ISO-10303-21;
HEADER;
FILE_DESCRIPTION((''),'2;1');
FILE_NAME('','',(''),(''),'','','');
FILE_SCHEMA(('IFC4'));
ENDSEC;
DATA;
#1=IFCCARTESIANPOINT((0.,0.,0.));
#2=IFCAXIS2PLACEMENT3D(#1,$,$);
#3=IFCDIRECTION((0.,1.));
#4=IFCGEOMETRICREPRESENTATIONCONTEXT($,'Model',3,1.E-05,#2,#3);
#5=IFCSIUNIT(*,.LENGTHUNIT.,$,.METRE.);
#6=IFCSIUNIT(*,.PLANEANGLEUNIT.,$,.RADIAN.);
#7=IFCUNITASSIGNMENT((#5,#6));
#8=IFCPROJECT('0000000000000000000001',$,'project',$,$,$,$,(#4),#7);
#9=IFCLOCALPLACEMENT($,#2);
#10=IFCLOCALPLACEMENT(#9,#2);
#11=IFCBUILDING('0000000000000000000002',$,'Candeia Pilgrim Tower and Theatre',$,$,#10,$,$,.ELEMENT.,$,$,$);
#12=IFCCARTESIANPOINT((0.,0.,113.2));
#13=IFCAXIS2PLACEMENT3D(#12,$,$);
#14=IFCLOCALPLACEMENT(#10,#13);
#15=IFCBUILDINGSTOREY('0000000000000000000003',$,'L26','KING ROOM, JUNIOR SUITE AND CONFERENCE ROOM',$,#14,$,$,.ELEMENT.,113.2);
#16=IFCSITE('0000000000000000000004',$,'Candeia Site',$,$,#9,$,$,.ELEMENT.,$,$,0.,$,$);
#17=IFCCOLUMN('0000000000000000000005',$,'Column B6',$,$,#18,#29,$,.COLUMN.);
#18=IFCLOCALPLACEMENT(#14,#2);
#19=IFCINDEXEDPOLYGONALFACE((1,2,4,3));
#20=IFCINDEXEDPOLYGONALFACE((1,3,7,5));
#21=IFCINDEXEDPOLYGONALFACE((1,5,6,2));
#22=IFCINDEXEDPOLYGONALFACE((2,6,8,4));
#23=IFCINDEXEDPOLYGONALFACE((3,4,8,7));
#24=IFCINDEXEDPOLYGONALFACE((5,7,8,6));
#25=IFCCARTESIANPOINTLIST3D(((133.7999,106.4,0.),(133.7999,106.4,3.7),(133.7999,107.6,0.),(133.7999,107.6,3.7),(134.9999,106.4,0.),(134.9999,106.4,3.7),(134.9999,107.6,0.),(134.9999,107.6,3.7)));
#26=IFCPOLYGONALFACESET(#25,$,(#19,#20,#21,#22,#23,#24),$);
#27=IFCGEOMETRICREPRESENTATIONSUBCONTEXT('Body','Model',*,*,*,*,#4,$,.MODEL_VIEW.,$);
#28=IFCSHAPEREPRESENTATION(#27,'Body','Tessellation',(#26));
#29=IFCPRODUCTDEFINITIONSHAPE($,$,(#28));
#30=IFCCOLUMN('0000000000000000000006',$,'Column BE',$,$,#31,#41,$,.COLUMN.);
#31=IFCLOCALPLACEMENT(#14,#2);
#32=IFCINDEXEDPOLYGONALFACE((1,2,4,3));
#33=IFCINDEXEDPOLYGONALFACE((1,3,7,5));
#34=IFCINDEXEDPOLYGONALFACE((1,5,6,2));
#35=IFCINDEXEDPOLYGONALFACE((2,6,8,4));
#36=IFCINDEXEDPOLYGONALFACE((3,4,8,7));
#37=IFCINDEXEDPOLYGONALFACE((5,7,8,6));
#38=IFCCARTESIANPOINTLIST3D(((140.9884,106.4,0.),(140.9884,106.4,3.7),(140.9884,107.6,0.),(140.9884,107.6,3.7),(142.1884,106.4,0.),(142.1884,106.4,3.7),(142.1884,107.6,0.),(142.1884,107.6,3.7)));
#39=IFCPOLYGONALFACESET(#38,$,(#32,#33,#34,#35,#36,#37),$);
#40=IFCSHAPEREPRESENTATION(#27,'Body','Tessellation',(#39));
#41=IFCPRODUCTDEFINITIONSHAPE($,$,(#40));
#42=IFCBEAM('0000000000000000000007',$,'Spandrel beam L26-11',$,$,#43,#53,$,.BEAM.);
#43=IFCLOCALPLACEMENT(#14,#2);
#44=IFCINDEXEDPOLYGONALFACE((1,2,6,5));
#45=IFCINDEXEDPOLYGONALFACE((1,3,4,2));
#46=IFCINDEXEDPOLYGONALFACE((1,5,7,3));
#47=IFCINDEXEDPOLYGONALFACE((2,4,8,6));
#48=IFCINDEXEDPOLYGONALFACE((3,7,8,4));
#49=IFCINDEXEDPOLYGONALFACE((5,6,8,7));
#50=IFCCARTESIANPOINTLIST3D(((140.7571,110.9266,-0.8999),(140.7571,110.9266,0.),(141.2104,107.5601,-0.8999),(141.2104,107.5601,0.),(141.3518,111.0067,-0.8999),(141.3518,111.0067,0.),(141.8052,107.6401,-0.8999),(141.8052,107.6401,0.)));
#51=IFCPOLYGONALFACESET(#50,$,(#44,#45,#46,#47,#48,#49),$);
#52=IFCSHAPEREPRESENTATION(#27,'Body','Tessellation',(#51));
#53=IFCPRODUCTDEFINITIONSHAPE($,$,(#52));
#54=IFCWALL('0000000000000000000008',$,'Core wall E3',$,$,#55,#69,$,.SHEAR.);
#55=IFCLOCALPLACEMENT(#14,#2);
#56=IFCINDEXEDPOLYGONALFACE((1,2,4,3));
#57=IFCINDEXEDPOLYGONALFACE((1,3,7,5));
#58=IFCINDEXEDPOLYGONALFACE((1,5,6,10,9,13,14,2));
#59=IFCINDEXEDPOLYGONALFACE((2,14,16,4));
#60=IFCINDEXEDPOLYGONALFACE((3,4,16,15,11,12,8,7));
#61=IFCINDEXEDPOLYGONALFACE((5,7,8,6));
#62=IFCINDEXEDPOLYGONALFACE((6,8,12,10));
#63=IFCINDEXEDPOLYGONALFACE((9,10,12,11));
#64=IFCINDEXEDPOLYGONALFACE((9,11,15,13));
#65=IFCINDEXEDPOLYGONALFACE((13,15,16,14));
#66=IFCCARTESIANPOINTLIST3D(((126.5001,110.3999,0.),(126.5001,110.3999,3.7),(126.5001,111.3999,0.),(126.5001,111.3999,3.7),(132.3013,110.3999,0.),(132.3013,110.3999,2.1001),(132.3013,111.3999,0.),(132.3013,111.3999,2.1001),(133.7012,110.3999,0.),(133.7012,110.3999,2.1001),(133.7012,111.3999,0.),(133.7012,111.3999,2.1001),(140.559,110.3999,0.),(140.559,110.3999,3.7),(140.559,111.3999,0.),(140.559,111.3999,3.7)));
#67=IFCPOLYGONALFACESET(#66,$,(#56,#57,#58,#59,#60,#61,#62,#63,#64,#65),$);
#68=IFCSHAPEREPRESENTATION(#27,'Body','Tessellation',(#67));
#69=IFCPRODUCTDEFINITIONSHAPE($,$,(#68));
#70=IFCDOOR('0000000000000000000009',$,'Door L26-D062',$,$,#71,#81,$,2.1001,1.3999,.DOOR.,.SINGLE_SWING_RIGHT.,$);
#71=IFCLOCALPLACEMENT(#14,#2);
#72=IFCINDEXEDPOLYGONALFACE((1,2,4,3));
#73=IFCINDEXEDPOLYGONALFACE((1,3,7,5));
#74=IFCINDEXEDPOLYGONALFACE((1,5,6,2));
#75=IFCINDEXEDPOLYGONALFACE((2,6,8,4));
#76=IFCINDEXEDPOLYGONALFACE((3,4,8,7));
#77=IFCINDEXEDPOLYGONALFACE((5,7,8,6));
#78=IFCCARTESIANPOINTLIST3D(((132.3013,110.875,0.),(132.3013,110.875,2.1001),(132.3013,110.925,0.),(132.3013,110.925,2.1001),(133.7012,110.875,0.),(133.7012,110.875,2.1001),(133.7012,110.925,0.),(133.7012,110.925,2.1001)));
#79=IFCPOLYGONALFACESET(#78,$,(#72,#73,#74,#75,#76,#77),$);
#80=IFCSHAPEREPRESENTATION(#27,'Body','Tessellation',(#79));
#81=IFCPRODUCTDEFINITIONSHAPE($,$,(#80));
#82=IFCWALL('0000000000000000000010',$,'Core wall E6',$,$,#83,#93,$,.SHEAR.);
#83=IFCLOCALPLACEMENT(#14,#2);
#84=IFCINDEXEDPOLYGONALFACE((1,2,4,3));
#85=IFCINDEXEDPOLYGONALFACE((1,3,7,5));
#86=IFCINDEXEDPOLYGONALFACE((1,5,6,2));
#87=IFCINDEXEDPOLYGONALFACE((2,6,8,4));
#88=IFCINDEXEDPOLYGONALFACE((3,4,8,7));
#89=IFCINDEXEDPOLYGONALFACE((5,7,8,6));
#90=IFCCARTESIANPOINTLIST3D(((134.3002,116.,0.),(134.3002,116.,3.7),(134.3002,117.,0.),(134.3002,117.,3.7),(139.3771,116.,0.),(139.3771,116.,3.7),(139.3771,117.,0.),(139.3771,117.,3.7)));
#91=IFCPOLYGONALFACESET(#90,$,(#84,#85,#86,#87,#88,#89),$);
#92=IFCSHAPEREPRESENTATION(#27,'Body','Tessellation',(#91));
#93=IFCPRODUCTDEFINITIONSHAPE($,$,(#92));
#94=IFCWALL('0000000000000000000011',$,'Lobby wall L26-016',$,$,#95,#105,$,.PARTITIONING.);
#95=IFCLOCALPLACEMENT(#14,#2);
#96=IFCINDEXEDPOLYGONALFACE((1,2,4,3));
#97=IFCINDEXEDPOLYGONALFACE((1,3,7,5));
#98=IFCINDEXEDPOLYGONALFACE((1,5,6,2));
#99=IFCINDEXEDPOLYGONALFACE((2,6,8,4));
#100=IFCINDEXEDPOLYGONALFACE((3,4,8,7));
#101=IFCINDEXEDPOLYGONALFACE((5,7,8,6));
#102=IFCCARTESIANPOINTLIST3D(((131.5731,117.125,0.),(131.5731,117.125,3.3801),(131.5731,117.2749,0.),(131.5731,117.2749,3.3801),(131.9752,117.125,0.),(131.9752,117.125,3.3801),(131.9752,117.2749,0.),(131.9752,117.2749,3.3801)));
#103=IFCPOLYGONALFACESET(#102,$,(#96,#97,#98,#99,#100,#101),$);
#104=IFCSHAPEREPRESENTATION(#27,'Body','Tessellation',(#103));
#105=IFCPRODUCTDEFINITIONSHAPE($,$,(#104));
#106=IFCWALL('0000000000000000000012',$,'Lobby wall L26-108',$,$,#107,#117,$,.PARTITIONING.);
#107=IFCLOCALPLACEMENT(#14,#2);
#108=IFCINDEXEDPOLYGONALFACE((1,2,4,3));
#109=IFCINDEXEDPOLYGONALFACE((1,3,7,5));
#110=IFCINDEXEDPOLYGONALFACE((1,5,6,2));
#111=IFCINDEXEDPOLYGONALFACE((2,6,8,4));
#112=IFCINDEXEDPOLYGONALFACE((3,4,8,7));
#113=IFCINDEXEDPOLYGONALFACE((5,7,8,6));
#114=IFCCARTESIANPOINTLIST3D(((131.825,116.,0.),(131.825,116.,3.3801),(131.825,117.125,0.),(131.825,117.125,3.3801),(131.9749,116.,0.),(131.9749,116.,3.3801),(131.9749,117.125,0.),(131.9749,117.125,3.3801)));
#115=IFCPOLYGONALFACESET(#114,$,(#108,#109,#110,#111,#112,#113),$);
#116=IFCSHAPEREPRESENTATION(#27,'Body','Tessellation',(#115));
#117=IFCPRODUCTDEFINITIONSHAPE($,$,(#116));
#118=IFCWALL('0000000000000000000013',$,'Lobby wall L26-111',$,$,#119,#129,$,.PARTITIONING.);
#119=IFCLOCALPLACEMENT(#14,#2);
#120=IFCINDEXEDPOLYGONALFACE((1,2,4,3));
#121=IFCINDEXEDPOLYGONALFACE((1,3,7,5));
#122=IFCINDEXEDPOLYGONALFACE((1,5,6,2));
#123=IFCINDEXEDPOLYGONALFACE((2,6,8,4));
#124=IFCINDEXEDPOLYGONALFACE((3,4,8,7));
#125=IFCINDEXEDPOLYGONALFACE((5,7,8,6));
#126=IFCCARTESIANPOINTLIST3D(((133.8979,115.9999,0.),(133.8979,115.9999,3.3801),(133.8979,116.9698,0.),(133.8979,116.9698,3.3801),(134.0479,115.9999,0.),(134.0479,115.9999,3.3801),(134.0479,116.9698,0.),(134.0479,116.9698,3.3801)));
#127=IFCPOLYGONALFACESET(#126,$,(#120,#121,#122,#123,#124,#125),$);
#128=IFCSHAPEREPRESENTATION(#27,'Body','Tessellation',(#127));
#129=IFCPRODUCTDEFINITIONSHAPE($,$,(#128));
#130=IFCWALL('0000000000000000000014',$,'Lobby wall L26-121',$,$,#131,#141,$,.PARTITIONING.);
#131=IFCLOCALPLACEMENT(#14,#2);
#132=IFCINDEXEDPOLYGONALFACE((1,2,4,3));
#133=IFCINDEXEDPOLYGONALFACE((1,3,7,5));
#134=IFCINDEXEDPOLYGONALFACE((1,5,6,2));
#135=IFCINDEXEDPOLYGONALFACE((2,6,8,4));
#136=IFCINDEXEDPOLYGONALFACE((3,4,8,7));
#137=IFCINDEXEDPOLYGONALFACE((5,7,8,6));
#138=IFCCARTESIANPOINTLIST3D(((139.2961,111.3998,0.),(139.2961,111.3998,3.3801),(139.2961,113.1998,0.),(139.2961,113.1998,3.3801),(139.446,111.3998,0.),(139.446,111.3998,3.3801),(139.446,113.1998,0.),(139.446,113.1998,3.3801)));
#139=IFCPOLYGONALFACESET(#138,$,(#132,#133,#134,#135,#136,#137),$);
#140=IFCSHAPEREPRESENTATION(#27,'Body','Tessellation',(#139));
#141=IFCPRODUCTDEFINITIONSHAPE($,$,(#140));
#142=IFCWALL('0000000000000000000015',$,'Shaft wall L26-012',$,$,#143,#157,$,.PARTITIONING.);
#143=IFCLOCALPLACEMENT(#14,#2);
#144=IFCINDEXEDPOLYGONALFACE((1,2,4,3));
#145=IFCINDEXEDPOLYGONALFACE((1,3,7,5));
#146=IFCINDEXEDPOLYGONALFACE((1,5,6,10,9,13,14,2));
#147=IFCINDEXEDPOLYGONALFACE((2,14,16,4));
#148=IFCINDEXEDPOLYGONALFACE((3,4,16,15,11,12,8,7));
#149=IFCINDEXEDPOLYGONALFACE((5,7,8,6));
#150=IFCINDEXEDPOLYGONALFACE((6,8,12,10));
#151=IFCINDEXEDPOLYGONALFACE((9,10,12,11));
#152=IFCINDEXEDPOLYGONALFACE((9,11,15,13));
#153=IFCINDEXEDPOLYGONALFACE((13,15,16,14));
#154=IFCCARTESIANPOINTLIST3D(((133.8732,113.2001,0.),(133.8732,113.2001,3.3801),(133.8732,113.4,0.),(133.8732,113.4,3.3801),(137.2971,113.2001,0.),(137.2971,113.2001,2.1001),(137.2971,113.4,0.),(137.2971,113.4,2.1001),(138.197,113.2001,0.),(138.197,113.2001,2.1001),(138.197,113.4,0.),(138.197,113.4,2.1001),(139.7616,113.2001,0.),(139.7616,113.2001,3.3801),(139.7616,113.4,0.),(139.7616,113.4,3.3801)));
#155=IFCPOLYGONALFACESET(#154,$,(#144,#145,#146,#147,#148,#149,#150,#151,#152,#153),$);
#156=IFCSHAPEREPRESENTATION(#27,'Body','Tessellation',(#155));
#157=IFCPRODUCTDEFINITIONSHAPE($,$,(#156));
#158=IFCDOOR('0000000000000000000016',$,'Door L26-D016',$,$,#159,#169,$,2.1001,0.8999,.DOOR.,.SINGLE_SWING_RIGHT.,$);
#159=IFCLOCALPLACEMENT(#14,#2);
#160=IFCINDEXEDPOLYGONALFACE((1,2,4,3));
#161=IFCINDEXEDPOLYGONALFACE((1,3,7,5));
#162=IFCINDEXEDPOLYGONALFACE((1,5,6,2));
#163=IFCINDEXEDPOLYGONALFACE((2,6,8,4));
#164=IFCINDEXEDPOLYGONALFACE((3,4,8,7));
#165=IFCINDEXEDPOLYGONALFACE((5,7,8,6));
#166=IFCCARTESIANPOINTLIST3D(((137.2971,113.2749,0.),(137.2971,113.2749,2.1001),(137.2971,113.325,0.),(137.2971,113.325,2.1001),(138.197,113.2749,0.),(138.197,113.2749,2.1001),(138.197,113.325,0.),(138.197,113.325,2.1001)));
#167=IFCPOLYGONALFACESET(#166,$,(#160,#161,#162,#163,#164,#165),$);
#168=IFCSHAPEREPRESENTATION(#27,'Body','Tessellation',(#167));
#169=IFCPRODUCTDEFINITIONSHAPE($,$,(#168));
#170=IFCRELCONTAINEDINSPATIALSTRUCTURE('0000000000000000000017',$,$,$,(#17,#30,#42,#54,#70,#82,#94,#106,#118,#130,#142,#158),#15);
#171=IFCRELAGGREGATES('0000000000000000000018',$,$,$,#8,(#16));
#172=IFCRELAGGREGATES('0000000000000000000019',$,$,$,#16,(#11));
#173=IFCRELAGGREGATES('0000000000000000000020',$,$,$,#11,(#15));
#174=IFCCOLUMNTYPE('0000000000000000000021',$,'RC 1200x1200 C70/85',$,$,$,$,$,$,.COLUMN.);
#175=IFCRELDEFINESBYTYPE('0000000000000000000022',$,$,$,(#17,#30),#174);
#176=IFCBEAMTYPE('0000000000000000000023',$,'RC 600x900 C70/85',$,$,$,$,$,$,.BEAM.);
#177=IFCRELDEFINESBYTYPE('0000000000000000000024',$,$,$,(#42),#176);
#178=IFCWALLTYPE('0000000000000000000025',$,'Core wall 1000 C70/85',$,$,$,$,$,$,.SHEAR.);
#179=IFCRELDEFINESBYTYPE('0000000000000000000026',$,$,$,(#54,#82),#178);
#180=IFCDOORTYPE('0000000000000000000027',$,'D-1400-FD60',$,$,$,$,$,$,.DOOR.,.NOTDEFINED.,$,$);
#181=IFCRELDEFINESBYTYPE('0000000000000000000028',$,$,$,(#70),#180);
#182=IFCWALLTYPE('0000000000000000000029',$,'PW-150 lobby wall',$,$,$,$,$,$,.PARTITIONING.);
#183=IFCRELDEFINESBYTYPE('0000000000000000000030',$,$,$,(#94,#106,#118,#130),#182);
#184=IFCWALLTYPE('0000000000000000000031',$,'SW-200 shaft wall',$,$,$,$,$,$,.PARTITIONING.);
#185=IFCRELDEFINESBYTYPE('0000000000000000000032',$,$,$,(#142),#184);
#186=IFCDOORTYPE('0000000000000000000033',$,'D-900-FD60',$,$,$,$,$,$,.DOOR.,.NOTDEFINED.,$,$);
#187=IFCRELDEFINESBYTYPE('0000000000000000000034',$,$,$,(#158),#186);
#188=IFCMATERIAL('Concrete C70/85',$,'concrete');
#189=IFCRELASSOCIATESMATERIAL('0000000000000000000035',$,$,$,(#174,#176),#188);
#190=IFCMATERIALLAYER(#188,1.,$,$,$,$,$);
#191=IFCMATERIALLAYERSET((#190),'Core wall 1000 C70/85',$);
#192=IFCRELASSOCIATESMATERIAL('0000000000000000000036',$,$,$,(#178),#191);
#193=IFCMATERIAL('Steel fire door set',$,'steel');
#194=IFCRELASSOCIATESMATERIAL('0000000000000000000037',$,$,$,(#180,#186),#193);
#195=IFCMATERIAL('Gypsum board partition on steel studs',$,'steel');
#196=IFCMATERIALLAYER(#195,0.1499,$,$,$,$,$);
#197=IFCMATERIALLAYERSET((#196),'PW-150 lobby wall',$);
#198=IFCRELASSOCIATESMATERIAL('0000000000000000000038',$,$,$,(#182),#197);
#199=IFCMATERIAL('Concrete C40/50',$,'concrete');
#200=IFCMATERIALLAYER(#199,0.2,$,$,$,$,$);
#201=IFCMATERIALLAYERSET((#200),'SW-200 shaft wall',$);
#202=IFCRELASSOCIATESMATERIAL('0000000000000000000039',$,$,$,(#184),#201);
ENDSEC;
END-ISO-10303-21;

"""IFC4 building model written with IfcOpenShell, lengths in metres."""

from ifc_helpers import new_model, si_unit, direction, frame, frame_2d, origin, origin_2d, place, context, subcontext, project, spatial, rectangle, extrude, material, layer, layer_set, material_profile, profile_set, type_object, element, fill, save


model = new_model("IFC4")

# Units and contexts
model_context = context("Model", 3, precision=1e-05, world=origin(), true_north=direction((0.0, 1.0)))
body_context = subcontext(model_context, "Body", "Model", "MODEL_VIEW")
ifc_project = project(units=[si_unit("LENGTHUNIT", "METRE"), si_unit("PLANEANGLEUNIT", "RADIAN")], contexts=[model_context])

# Site, building, storey
site_placement = place(None, origin())
site = spatial("IfcSite", under=ifc_project, at=site_placement, Name="Candeia Site", CompositionType="ELEMENT", RefElevation=0.0)
building_placement = place(site_placement, origin())
building = spatial("IfcBuilding", under=site, at=building_placement, Name="Candeia Pilgrim Tower and Theatre", CompositionType="ELEMENT")
storey_placement = place(building_placement, frame((0.0, 0.0, 113.2)))
storey = spatial("IfcBuildingStorey", under=building, at=storey_placement, Name="L26", Description="KING ROOM, JUNIOR SUITE AND CONFERENCE ROOM", CompositionType="ELEMENT", Elevation=113.2)

# Columns
ifc_material_1 = material(Name="Concrete C70/85", Category="concrete")
ifc_material_profile_1 = material_profile(ifc_material_1, rectangle(XDim=1.2, YDim=1.2, at=origin_2d()))
ifc_profile_set_1 = profile_set([ifc_material_profile_1], Name="Concrete C70/85")
column_type = type_object("IfcColumnType", Name="RC 1200x1200 C70/85", PredefinedType="COLUMN", material=ifc_profile_set_1)
for number, where, z_axis, x_axis, name in (
    (1, (134.3999, 107.0, 0.0), (0.0, 0.0, 1.0), (1.0, 0.0, 0.0), "Column B6"),
    (2, (141.5884, 107.0, 0.0), (0.0, 0.0, 1.0), (1.0, 0.0, 0.0), "Column BE"),
):
    element("IfcColumn", number, at=place(storey_placement, frame(where, z_axis=z_axis, x_axis=x_axis)), inside=storey, type_object=column_type, Name=name, PredefinedType="COLUMN", context=body_context, shape_type="SweptSolid", body=[
        extrude(rectangle(XDim=1.2, YDim=1.2, at=origin_2d()), origin(), (0.0, 0.0, 1.0), 3.7),
    ])

# Beam
ifc_material_profile_2 = material_profile(ifc_material_1, rectangle(XDim=0.6001, YDim=0.8999, at=origin_2d()))
ifc_profile_set_2 = profile_set([ifc_material_profile_2], Name="Concrete C70/85")
beam_type = type_object("IfcBeamType", Name="RC 600x900 C70/85", PredefinedType="BEAM", material=ifc_profile_set_2)
beam_placement = place(storey_placement, frame((141.5078, 107.6001, -0.45), z_axis=(-0.133458, 0.991054, 0.0), x_axis=(-0.991054, -0.133458, 0.0)))
element("IfcBeam", 3, at=beam_placement, inside=storey, type_object=beam_type, Name="Spandrel beam L26-11", PredefinedType="BEAM", context=body_context, shape_type="SweptSolid", body=[
    extrude(rectangle(XDim=0.6001, YDim=0.8999, at=origin_2d()), origin(), (0.0, 0.0, 1.0), 3.397),
])

# Wall, opening, door
ifc_layer_1 = layer(ifc_material_1, 1.0)
ifc_layer_set_1 = layer_set([ifc_layer_1], Name="Core wall 1000 C70/85")
wall_type_1 = type_object("IfcWallType", Name="Core wall 1000 C70/85", PredefinedType="SHEAR", material=ifc_layer_set_1)
wall_1_placement = place(storey_placement, frame((140.5588, 110.8999, 0.0), z_axis=(0.0, 0.0, 1.0), x_axis=(-1.0, 0.0, 0.0)))
wall_1 = element("IfcWall", 4, at=wall_1_placement, inside=storey, type_object=wall_type_1, Name="Core wall E3", PredefinedType="SHEAR", context=body_context, shape_type="SweptSolid", body=[
    extrude(rectangle(XDim=14.0588, YDim=1.0, at=frame_2d((7.0293, 0.0))), origin(), (0.0, 0.0, 1.0), 3.7),
])
opening_1_placement = place(wall_1_placement, frame((6.8577, 0.0, 0.0)))
opening_1 = element("IfcOpeningElement", 5, at=opening_1_placement, cuts=wall_1, PredefinedType="OPENING", context=body_context, shape_type="SweptSolid", body=[
    extrude(rectangle(XDim=1.3999, YDim=2.1001, at=frame_2d((0.7, 1.05))), frame((0.0, 0.51, 0.0), z_axis=(0.0, -1.0, 0.0), x_axis=(1.0, 0.0, 0.0)), (0.0, 0.0, 1.0), 1.02),
])
ifc_material_2 = material(Name="Steel fire door set", Category="steel")
door_type_1 = type_object("IfcDoorType", Name="D-1400-FD60", OperationType="NOTDEFINED", PredefinedType="DOOR", material=ifc_material_2)
door_1_placement = place(opening_1_placement, origin())
door_1 = element("IfcDoor", 6, at=door_1_placement, inside=storey, type_object=door_type_1, Name="Door L26-D062", OperationType="SINGLE_SWING_RIGHT", OverallHeight=2.1001, OverallWidth=1.3999, PredefinedType="DOOR", context=body_context, shape_type="SweptSolid", body=[
    extrude(rectangle(XDim=1.3999, YDim=2.1001, at=frame_2d((0.7, 1.05))), frame((0.0, 0.0249, 0.0), z_axis=(0.0, -1.0, 0.0), x_axis=(1.0, 0.0, 0.0)), (0.0, 0.0, 1.0), 0.05),
])
fill(opening_1, door_1)

# Walls
wall_2_placement = place(storey_placement, frame((134.3, 116.5, 0.0), z_axis=(0.0, 0.0, 1.0), x_axis=(1.0, 0.0, 0.0)))
element("IfcWall", 7, at=wall_2_placement, inside=storey, type_object=wall_type_1, Name="Core wall E6", PredefinedType="SHEAR", context=body_context, shape_type="SweptSolid", body=[
    extrude(rectangle(XDim=5.0769, YDim=1.0, at=frame_2d((2.5386, 0.0))), origin(), (0.0, 0.0, 1.0), 3.7),
])
ifc_material_3 = material(Name="Gypsum board partition on steel studs", Category="steel")
ifc_layer_2 = layer(ifc_material_3, 0.1499)
ifc_layer_set_2 = layer_set([ifc_layer_2], Name="PW-150 lobby wall")
wall_type_2 = type_object("IfcWallType", Name="PW-150 lobby wall", PredefinedType="PARTITIONING", material=ifc_layer_set_2)
wall_3_placement = place(storey_placement, frame((131.573, 117.2, 0.0), z_axis=(0.0, 0.0, 1.0), x_axis=(1.0, 0.0, 0.0)))
element("IfcWall", 8, at=wall_3_placement, inside=storey, type_object=wall_type_2, Name="Lobby wall L26-016", PredefinedType="PARTITIONING", context=body_context, shape_type="SweptSolid", body=[
    extrude(rectangle(XDim=0.4021, YDim=0.1499, at=frame_2d((0.2012, 0.0))), origin(), (0.0, 0.0, 1.0), 3.3801),
])
wall_4_placement = place(storey_placement, frame((131.8999, 116.0, 0.0), z_axis=(0.0, 0.0, 1.0), x_axis=(0.0, 1.0, 0.0)))
element("IfcWall", 9, at=wall_4_placement, inside=storey, type_object=wall_type_2, Name="Lobby wall L26-108", PredefinedType="PARTITIONING", context=body_context, shape_type="SweptSolid", body=[
    extrude(rectangle(XDim=1.125, YDim=0.1499, at=frame_2d((0.5625, 0.0))), origin(), (0.0, 0.0, 1.0), 3.3801),
])
wall_5_placement = place(storey_placement, frame((133.9729, 116.0, 0.0), z_axis=(0.0, 0.0, 1.0), x_axis=(0.0, 1.0, 0.0)))
element("IfcWall", 10, at=wall_5_placement, inside=storey, type_object=wall_type_2, Name="Lobby wall L26-111", PredefinedType="PARTITIONING", context=body_context, shape_type="SweptSolid", body=[
    extrude(rectangle(XDim=0.97, YDim=0.1499, at=frame_2d((0.4849, 0.0))), origin(), (0.0, 0.0, 1.0), 3.3801),
])
wall_6_placement = place(storey_placement, frame((139.3711, 111.3999, 0.0), z_axis=(0.0, 0.0, 1.0), x_axis=(0.0, 1.0, 0.0)))
element("IfcWall", 11, at=wall_6_placement, inside=storey, type_object=wall_type_2, Name="Lobby wall L26-121", PredefinedType="PARTITIONING", context=body_context, shape_type="SweptSolid", body=[
    extrude(rectangle(XDim=1.8, YDim=0.1499, at=frame_2d((0.8999, 0.0))), origin(), (0.0, 0.0, 1.0), 3.3801),
])

# Wall, opening, door
ifc_material_4 = material(Name="Concrete C40/50", Category="concrete")
ifc_layer_3 = layer(ifc_material_4, 0.2)
ifc_layer_set_3 = layer_set([ifc_layer_3], Name="SW-200 shaft wall")
wall_type_3 = type_object("IfcWallType", Name="SW-200 shaft wall", PredefinedType="PARTITIONING", material=ifc_layer_set_3)
wall_7_placement = place(storey_placement, frame((133.873, 113.3, 0.0), z_axis=(0.0, 0.0, 1.0), x_axis=(1.0, 0.0, 0.0)))
wall_7 = element("IfcWall", 12, at=wall_7_placement, inside=storey, type_object=wall_type_3, Name="Shaft wall L26-012", PredefinedType="PARTITIONING", context=body_context, shape_type="SweptSolid", body=[
    extrude(rectangle(XDim=5.8884, YDim=0.2, at=frame_2d((2.9443, 0.0))), origin(), (0.0, 0.0, 1.0), 3.3801),
])
opening_2_placement = place(wall_7_placement, frame((3.4241, 0.0, 0.0)))
opening_2 = element("IfcOpeningElement", 13, at=opening_2_placement, cuts=wall_7, PredefinedType="OPENING", context=body_context, shape_type="SweptSolid", body=[
    extrude(rectangle(XDim=0.8999, YDim=2.1001, at=frame_2d((0.45, 1.05))), frame((0.0, 0.1099, 0.0), z_axis=(0.0, -1.0, 0.0), x_axis=(1.0, 0.0, 0.0)), (0.0, 0.0, 1.0), 0.22),
])
door_type_2 = type_object("IfcDoorType", Name="D-900-FD60", OperationType="NOTDEFINED", PredefinedType="DOOR", material=ifc_material_2)
door_2_placement = place(opening_2_placement, origin())
door_2 = element("IfcDoor", 14, at=door_2_placement, inside=storey, type_object=door_type_2, Name="Door L26-D016", OperationType="SINGLE_SWING_RIGHT", OverallHeight=2.1001, OverallWidth=0.8999, PredefinedType="DOOR", context=body_context, shape_type="SweptSolid", body=[
    extrude(rectangle(XDim=0.8999, YDim=2.1001, at=frame_2d((0.45, 1.05))), frame((0.0, 0.0249, 0.0), z_axis=(0.0, -1.0, 0.0), x_axis=(1.0, 0.0, 0.0)), (0.0, 0.0, 1.0), 0.05),
])
fill(opening_2, door_2)

save(model, "model.ifc")
